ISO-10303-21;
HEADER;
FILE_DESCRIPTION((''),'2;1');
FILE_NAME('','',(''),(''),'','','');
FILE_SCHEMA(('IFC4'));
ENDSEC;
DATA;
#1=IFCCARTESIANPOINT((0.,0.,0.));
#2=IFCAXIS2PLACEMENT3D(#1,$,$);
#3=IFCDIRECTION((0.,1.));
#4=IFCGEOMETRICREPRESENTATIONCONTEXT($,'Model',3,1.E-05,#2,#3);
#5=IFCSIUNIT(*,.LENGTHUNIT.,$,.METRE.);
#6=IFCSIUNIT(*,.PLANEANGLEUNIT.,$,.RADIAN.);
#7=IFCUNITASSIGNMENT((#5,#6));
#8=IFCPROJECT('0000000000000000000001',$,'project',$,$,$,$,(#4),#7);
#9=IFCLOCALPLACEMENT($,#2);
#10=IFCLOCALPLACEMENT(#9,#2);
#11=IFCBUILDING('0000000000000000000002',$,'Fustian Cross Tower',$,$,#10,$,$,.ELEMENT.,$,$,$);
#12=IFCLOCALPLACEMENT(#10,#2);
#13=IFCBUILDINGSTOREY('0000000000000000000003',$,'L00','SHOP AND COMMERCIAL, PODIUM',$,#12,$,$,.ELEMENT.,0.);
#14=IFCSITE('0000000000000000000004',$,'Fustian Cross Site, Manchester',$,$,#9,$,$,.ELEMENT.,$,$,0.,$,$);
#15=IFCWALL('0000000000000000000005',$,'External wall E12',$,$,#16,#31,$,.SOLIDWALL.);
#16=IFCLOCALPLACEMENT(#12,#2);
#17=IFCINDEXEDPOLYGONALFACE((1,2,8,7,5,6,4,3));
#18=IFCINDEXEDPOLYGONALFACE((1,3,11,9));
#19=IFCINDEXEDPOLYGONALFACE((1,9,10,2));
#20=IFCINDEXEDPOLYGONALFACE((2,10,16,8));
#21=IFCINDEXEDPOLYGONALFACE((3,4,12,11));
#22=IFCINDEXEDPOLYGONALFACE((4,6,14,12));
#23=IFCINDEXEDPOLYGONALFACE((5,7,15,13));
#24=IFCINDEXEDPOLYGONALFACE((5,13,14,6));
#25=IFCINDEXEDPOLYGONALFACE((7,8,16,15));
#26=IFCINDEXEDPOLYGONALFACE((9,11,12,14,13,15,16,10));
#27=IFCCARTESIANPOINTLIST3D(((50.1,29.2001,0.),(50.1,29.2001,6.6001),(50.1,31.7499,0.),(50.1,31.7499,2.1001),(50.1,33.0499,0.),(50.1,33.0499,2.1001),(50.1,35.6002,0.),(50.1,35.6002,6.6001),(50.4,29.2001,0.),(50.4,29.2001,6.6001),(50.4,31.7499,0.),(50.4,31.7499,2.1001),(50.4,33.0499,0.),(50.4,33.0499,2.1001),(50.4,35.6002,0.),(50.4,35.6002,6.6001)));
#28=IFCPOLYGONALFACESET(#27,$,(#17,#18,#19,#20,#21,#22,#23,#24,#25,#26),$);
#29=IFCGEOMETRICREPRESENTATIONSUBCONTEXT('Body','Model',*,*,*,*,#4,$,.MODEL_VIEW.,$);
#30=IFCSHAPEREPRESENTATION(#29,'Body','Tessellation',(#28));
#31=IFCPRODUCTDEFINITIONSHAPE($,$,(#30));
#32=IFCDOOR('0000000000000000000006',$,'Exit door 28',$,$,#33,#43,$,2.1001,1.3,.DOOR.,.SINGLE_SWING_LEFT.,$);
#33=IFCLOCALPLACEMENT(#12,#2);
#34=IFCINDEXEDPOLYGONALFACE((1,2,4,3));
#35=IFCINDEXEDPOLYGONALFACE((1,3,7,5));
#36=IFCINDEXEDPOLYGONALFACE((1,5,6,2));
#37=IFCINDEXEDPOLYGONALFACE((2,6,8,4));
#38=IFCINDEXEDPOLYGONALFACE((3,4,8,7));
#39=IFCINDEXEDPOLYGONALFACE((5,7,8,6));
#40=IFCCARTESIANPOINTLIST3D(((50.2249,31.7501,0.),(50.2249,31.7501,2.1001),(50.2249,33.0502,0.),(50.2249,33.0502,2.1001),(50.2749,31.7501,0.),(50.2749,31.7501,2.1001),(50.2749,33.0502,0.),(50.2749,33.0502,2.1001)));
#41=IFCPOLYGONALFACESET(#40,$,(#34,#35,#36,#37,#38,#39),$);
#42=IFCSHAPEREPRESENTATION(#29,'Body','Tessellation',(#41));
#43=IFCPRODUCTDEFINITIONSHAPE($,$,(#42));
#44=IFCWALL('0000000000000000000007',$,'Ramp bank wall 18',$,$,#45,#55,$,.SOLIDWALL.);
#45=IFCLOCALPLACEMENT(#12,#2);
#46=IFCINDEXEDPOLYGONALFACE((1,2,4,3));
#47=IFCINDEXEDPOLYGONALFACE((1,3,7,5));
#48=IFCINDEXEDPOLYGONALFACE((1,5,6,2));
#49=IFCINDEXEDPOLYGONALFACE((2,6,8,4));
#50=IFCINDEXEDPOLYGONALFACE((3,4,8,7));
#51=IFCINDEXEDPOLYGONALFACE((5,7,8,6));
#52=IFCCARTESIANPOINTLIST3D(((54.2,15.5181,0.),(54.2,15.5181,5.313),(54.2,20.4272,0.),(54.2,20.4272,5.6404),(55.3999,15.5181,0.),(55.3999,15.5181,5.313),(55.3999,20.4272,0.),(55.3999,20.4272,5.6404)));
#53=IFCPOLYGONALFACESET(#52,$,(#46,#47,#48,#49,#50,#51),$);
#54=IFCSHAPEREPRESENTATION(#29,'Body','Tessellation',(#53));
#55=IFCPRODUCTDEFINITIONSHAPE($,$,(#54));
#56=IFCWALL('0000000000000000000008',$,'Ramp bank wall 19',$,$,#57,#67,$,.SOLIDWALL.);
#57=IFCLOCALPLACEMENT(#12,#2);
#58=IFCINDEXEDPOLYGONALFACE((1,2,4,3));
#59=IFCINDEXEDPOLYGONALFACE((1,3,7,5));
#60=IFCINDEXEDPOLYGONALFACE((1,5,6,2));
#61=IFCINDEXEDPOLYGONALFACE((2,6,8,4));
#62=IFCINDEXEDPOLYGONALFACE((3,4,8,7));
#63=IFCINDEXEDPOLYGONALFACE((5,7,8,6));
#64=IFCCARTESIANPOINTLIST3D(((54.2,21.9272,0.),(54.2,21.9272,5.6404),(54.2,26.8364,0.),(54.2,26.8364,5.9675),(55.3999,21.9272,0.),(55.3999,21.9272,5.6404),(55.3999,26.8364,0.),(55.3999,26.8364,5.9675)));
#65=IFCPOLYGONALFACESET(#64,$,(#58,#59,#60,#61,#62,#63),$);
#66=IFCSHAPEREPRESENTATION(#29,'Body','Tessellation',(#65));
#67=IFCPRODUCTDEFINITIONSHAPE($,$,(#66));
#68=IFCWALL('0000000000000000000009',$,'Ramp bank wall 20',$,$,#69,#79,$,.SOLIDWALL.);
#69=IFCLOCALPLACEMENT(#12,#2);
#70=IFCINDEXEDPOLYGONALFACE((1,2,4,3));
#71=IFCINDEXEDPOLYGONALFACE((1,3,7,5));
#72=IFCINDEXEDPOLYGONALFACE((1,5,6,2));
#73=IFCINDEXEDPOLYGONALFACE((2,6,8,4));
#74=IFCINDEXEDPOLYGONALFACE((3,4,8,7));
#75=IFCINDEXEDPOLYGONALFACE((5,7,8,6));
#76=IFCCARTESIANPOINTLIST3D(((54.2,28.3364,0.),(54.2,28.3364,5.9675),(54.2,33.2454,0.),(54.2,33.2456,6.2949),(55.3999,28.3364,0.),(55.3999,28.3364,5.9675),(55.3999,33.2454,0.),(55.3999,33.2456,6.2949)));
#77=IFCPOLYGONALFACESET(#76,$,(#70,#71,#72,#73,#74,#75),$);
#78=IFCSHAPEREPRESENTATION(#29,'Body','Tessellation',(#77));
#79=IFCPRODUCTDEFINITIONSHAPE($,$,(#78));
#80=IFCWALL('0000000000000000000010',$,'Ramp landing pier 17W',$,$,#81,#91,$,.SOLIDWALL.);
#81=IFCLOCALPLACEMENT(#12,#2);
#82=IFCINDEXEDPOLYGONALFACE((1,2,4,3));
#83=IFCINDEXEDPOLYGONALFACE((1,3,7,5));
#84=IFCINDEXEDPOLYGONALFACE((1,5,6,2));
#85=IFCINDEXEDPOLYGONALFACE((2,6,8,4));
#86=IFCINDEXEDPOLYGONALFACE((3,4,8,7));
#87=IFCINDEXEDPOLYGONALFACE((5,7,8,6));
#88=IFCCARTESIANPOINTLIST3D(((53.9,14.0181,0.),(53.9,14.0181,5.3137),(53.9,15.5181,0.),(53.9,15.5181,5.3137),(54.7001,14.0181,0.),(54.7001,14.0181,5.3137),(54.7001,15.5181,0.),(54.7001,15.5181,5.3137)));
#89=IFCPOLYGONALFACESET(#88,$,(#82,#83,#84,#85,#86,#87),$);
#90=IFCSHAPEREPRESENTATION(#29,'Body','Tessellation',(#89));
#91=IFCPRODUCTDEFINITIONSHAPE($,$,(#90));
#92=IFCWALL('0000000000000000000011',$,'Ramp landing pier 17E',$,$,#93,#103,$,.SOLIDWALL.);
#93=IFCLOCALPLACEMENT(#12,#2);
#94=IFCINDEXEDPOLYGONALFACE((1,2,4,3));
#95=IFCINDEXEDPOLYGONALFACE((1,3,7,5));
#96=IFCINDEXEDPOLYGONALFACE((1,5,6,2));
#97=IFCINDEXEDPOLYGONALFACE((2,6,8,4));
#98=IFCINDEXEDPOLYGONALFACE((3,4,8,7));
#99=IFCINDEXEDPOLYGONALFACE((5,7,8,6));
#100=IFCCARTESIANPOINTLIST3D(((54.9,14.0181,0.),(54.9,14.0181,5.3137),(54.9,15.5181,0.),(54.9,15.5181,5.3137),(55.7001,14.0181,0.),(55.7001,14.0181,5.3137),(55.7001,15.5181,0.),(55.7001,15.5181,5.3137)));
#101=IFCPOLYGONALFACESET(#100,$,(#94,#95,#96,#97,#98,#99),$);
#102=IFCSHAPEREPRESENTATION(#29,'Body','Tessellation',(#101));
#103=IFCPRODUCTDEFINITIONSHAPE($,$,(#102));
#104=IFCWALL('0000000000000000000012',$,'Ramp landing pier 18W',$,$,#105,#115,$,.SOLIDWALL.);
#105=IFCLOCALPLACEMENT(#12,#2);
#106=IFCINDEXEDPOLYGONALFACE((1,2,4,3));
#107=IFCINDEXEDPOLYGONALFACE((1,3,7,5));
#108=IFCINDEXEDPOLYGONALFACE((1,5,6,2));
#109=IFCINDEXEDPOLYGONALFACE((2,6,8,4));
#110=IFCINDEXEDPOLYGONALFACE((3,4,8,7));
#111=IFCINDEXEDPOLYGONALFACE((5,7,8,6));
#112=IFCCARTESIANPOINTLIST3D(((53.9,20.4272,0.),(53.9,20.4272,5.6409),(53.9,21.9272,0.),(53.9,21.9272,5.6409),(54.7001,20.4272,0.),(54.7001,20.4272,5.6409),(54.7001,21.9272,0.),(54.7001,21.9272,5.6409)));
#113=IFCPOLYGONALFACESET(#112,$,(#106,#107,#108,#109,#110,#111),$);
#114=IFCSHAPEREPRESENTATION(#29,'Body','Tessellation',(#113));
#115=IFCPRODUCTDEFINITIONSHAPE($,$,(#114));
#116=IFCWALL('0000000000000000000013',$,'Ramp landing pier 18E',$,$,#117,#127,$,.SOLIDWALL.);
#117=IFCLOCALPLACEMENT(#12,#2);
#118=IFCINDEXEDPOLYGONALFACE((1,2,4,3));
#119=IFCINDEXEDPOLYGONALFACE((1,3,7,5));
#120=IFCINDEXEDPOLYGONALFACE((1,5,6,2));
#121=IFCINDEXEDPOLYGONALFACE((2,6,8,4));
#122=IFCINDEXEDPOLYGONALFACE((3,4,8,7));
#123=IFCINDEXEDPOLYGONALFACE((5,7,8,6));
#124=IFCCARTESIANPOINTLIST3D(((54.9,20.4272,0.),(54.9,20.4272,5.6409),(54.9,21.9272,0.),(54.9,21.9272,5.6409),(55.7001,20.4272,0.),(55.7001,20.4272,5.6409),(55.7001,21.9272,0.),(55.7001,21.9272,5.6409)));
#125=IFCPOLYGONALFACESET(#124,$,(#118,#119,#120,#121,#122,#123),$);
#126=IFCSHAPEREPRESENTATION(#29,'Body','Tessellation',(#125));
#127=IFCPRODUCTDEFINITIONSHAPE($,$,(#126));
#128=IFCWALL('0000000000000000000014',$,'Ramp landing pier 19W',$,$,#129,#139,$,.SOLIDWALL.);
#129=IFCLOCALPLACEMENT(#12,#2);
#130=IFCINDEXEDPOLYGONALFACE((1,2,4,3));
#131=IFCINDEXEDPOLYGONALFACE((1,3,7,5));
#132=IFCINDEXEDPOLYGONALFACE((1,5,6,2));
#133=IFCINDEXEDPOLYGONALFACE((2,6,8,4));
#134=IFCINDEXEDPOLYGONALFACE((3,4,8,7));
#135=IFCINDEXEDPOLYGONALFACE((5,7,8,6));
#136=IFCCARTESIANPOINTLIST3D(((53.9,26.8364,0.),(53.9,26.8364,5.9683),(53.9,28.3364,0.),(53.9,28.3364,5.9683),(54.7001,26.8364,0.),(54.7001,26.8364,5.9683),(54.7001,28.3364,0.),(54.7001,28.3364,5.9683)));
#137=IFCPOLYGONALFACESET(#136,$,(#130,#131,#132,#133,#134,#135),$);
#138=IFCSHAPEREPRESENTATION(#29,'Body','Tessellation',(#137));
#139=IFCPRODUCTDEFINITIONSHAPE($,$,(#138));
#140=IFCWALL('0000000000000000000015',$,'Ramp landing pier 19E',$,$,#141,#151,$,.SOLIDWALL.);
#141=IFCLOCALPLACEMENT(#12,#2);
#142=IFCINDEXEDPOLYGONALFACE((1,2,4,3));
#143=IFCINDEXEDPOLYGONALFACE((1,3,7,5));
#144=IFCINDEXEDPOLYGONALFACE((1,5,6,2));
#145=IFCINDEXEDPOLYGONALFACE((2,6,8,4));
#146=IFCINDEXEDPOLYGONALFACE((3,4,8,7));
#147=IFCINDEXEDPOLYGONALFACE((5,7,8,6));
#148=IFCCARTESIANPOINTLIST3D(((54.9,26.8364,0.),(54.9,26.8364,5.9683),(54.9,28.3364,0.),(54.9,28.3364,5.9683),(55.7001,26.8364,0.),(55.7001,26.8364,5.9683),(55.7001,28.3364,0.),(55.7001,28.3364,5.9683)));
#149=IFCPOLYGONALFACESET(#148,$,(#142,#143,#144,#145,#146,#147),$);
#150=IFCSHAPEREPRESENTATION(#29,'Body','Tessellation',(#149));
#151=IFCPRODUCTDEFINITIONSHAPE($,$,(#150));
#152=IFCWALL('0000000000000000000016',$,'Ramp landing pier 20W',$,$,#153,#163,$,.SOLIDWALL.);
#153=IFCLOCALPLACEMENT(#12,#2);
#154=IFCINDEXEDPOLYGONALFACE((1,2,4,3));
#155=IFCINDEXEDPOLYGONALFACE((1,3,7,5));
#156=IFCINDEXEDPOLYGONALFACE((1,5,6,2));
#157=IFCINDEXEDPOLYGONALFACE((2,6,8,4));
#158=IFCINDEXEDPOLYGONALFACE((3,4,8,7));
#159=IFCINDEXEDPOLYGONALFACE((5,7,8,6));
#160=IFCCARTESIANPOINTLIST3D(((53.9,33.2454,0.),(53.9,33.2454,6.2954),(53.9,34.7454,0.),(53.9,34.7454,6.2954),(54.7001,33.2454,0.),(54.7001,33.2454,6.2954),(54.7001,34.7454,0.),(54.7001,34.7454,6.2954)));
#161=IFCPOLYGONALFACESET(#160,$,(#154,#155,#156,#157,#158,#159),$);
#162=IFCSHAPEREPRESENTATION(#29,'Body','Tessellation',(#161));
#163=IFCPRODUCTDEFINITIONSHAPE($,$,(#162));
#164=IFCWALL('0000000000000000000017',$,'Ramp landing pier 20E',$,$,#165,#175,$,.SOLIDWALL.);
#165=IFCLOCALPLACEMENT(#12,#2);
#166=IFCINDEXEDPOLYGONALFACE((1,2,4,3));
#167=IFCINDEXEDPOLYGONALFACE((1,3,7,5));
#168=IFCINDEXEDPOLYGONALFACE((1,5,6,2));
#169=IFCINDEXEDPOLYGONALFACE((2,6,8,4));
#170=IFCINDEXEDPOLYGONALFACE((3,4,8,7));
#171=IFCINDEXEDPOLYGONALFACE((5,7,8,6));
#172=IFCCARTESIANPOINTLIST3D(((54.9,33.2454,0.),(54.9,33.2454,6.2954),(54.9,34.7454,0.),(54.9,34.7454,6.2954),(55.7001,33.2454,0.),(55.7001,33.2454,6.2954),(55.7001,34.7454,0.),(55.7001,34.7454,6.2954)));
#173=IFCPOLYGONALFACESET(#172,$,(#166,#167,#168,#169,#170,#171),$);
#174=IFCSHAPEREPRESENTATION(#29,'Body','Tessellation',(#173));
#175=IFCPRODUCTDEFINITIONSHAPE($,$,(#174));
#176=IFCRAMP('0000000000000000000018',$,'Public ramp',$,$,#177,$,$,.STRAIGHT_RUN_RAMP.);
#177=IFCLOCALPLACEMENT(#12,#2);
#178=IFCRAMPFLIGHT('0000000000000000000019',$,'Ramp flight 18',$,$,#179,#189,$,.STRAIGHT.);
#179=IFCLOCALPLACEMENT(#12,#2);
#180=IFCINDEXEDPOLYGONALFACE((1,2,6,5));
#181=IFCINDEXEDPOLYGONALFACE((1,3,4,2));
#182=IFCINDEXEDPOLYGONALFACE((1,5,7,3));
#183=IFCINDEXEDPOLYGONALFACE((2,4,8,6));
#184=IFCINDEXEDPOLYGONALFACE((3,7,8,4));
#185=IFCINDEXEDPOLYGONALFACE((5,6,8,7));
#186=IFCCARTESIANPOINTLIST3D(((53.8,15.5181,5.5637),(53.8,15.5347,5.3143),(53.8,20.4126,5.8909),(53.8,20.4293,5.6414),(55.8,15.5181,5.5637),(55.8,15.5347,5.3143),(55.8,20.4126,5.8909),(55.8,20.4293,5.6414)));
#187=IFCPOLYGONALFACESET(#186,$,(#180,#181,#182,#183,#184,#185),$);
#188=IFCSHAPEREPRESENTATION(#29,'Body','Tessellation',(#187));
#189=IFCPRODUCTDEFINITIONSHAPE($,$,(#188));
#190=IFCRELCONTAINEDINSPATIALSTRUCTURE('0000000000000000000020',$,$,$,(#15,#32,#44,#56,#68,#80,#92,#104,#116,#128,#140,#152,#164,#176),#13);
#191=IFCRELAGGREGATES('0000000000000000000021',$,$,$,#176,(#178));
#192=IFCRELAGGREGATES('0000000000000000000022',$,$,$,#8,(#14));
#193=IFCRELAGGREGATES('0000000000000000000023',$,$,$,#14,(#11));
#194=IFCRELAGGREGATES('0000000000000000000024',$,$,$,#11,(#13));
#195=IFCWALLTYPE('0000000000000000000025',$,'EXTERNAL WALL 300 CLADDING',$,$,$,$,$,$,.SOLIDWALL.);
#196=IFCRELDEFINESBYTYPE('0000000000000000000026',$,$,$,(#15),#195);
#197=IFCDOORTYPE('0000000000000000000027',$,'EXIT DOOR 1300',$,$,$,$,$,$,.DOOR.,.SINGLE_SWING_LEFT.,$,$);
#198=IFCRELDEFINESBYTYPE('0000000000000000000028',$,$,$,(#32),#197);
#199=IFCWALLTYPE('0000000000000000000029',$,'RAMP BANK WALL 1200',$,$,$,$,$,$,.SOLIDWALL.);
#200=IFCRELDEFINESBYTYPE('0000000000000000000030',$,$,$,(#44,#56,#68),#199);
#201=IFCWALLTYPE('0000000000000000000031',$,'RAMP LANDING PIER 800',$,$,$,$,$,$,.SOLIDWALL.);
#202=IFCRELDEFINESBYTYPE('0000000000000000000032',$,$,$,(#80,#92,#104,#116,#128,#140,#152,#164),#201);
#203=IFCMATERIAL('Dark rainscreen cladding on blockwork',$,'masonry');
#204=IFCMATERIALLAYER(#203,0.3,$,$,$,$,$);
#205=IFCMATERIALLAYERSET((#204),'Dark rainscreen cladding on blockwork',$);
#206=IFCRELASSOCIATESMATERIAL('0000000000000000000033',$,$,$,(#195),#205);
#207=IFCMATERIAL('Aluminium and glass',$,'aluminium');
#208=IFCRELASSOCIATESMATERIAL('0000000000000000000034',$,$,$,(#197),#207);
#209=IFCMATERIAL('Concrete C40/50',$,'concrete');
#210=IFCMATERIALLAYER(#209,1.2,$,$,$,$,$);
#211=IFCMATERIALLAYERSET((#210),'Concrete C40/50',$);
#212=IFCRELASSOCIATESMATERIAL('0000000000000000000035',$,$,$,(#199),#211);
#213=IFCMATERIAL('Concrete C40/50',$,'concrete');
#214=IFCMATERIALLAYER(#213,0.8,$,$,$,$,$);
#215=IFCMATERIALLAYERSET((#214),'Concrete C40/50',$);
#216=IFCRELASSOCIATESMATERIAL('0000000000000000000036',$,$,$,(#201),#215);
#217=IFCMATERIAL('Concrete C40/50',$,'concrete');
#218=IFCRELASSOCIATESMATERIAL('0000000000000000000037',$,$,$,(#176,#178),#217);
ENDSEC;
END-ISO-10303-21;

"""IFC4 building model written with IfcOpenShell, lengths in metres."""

from ifc_helpers import new_model, si_unit, direction, frame, frame_2d, origin, place, context, subcontext, project, spatial, polyline, rectangle, outline, extrude, material, layer, layer_set, type_object, element, fill, aggregate, save


model = new_model("IFC4")

# Units and contexts
model_context = context("Model", 3, precision=1e-05, world=origin(), true_north=direction((0.0, 1.0)))
body_context = subcontext(model_context, "Body", "Model", "MODEL_VIEW")
ifc_project = project(units=[si_unit("LENGTHUNIT", "METRE"), si_unit("PLANEANGLEUNIT", "RADIAN")], contexts=[model_context])

# Site, building, storey
site_placement = place(None, origin())
site = spatial("IfcSite", under=ifc_project, at=site_placement, Name="Fustian Cross Site, Manchester", CompositionType="ELEMENT", RefElevation=0.0)
building_placement = place(site_placement, origin())
building = spatial("IfcBuilding", under=site, at=building_placement, Name="Fustian Cross Tower", CompositionType="ELEMENT")
storey_placement = place(building_placement, origin())
storey = spatial("IfcBuildingStorey", under=building, at=storey_placement, Name="L00", Description="SHOP AND COMMERCIAL, PODIUM", CompositionType="ELEMENT", Elevation=0.0)

# Wall, opening, door
ifc_material_1 = material(Name="Dark rainscreen cladding on blockwork", Category="masonry")
ifc_layer_1 = layer(ifc_material_1, 0.3)
ifc_layer_set_1 = layer_set([ifc_layer_1], Name="Dark rainscreen cladding on blockwork")
wall_type_1 = type_object("IfcWallType", Name="EXTERNAL WALL 300 CLADDING", PredefinedType="SOLIDWALL", material=ifc_layer_set_1)
wall_1_placement = place(storey_placement, frame((50.25, 29.2, 0.0), z_axis=(0.0, 0.0, 1.0), x_axis=(0.0, 1.0, 0.0)))
wall_1 = element("IfcWall", 1, at=wall_1_placement, inside=storey, type_object=wall_type_1, Name="External wall E12", PredefinedType="SOLIDWALL", context=body_context, shape_type="SweptSolid", body=[
    extrude(rectangle(XDim=6.4001, YDim=0.3, at=frame_2d((3.2002, 0.0))), origin(), (0.0, 0.0, 1.0), 6.6001),
])
opening_1_placement = place(wall_1_placement, frame((2.55, 0.0, 0.0)))
opening_1 = element("IfcOpeningElement", 2, at=opening_1_placement, cuts=wall_1, PredefinedType="OPENING", context=body_context, shape_type="SweptSolid", body=[
    extrude(rectangle(XDim=1.3, YDim=2.1001, at=frame_2d((0.6499, 1.05))), frame((0.0, 0.1599, 0.0), z_axis=(0.0, -1.0, 0.0), x_axis=(1.0, 0.0, 0.0)), (0.0, 0.0, 1.0), 0.3201),
])
ifc_material_2 = material(Name="Aluminium and glass", Category="aluminium")
door_type_1 = type_object("IfcDoorType", Name="EXIT DOOR 1300", OperationType="SINGLE_SWING_LEFT", PredefinedType="DOOR", material=ifc_material_2)
door_1_placement = place(opening_1_placement, frame((1.3, 0.0, 0.0), z_axis=(0.0, 0.0, 1.0), x_axis=(-1.0, 0.0, 0.0)))
door_1 = element("IfcDoor", 3, at=door_1_placement, inside=storey, type_object=door_type_1, Name="Exit door 28", OperationType="SINGLE_SWING_LEFT", OverallHeight=2.1001, OverallWidth=1.3, PredefinedType="DOOR", context=body_context, shape_type="SweptSolid", body=[
    extrude(rectangle(XDim=1.3, YDim=2.1001, at=frame_2d((0.6499, 1.05))), frame((0.0, 0.0249, 0.0), z_axis=(0.0, -1.0, 0.0), x_axis=(1.0, 0.0, 0.0)), (0.0, 0.0, 1.0), 0.05),
])
fill(opening_1, door_1)

# Walls
ifc_material_3 = material(Name="Concrete C40/50", Category="concrete")
ifc_layer_2 = layer(ifc_material_3, 1.2)
ifc_layer_set_2 = layer_set([ifc_layer_2], Name="Concrete C40/50")
wall_type_2 = type_object("IfcWallType", Name="RAMP BANK WALL 1200", PredefinedType="SOLIDWALL", material=ifc_layer_set_2)
wall_2_placement = place(storey_placement, frame((54.8, 15.5181, 0.0), z_axis=(0.0, 0.0, 1.0), x_axis=(0.0, 1.0, 0.0)))
element("IfcWall", 4, at=wall_2_placement, inside=storey, type_object=wall_type_2, Name="Ramp bank wall 18", PredefinedType="SOLIDWALL", context=body_context, shape_type="SweptSolid", body=[
    extrude(outline(polyline([(0.0, 0.0), (4.9092, 0.0), (4.9092, 5.6404), (0.0, 5.313), (0.0, 0.0)])), frame((0.0, 0.6001, 0.0), z_axis=(0.0, -1.0, 0.0), x_axis=(1.0, 0.0, 0.0)), (0.0, 0.0, 1.0), 1.2),
])
wall_3_placement = place(storey_placement, frame((54.8, 21.9272, 0.0), z_axis=(0.0, 0.0, 1.0), x_axis=(0.0, 1.0, 0.0)))
element("IfcWall", 5, at=wall_3_placement, inside=storey, type_object=wall_type_2, Name="Ramp bank wall 19", PredefinedType="SOLIDWALL", context=body_context, shape_type="SweptSolid", body=[
    extrude(outline(polyline([(0.0, 0.0), (4.9092, 0.0), (4.9092, 5.9675), (0.0, 5.6404), (0.0, 0.0)])), frame((0.0, 0.6001, 0.0), z_axis=(0.0, -1.0, 0.0), x_axis=(1.0, 0.0, 0.0)), (0.0, 0.0, 1.0), 1.2),
])
wall_4_placement = place(storey_placement, frame((54.8, 28.3364, 0.0), z_axis=(0.0, 0.0, 1.0), x_axis=(0.0, 1.0, 0.0)))
element("IfcWall", 6, at=wall_4_placement, inside=storey, type_object=wall_type_2, Name="Ramp bank wall 20", PredefinedType="SOLIDWALL", context=body_context, shape_type="SweptSolid", body=[
    extrude(outline(polyline([(0.0, 0.0), (4.9089, 0.0), (4.9092, 6.2949), (0.0, 5.9675), (0.0, 0.0)])), frame((0.0, 0.6001, 0.0), z_axis=(0.0, -1.0, 0.0), x_axis=(1.0, 0.0, 0.0)), (0.0, 0.0, 1.0), 1.2),
])
ifc_material_4 = material(Name="Concrete C40/50", Category="concrete")
ifc_layer_3 = layer(ifc_material_4, 0.8)
ifc_layer_set_3 = layer_set([ifc_layer_3], Name="Concrete C40/50")
wall_type_3 = type_object("IfcWallType", Name="RAMP LANDING PIER 800", PredefinedType="SOLIDWALL", material=ifc_layer_set_3)
for number, where, z_axis, x_axis, name in (
    (7, (54.3, 14.0181, 0.0), (0.0, 0.0, 1.0), (0.0, 1.0, 0.0), "Ramp landing pier 17W"),
    (8, (55.3, 14.0181, 0.0), (0.0, 0.0, 1.0), (0.0, 1.0, 0.0), "Ramp landing pier 17E"),
):
    element("IfcWall", number, at=place(storey_placement, frame(where, z_axis=z_axis, x_axis=x_axis)), inside=storey, type_object=wall_type_3, Name=name, PredefinedType="SOLIDWALL", context=body_context, shape_type="SweptSolid", body=[
        extrude(rectangle(XDim=1.5, YDim=0.8, at=frame_2d((0.75, 0.0))), origin(), (0.0, 0.0, 1.0), 5.3137),
    ])
for number, where, z_axis, x_axis, name in (
    (9, (54.3, 20.4272, 0.0), (0.0, 0.0, 1.0), (0.0, 1.0, 0.0), "Ramp landing pier 18W"),
    (10, (55.3, 20.4272, 0.0), (0.0, 0.0, 1.0), (0.0, 1.0, 0.0), "Ramp landing pier 18E"),
):
    element("IfcWall", number, at=place(storey_placement, frame(where, z_axis=z_axis, x_axis=x_axis)), inside=storey, type_object=wall_type_3, Name=name, PredefinedType="SOLIDWALL", context=body_context, shape_type="SweptSolid", body=[
        extrude(rectangle(XDim=1.5, YDim=0.8, at=frame_2d((0.75, 0.0))), origin(), (0.0, 0.0, 1.0), 5.6409),
    ])
for number, where, z_axis, x_axis, name in (
    (11, (54.3, 26.8364, 0.0), (0.0, 0.0, 1.0), (0.0, 1.0, 0.0), "Ramp landing pier 19W"),
    (12, (55.3, 26.8364, 0.0), (0.0, 0.0, 1.0), (0.0, 1.0, 0.0), "Ramp landing pier 19E"),
):
    element("IfcWall", number, at=place(storey_placement, frame(where, z_axis=z_axis, x_axis=x_axis)), inside=storey, type_object=wall_type_3, Name=name, PredefinedType="SOLIDWALL", context=body_context, shape_type="SweptSolid", body=[
        extrude(rectangle(XDim=1.5, YDim=0.8, at=frame_2d((0.75, 0.0))), origin(), (0.0, 0.0, 1.0), 5.9683),
    ])
for number, where, z_axis, x_axis, name in (
    (13, (54.3, 33.2454, 0.0), (0.0, 0.0, 1.0), (0.0, 1.0, 0.0), "Ramp landing pier 20W"),
    (14, (55.3, 33.2454, 0.0), (0.0, 0.0, 1.0), (0.0, 1.0, 0.0), "Ramp landing pier 20E"),
):
    element("IfcWall", number, at=place(storey_placement, frame(where, z_axis=z_axis, x_axis=x_axis)), inside=storey, type_object=wall_type_3, Name=name, PredefinedType="SOLIDWALL", context=body_context, shape_type="SweptSolid", body=[
        extrude(rectangle(XDim=1.5, YDim=0.8, at=frame_2d((0.75, 0.0))), origin(), (0.0, 0.0, 1.0), 6.2954),
    ])

# Ramp, ramp flight
ifc_material_5 = material(Name="Concrete C40/50", Category="concrete")
ramp_placement = place(storey_placement, origin())
ramp = element("IfcRamp", 15, at=ramp_placement, inside=storey, material=ifc_material_5, Name="Public ramp", PredefinedType="STRAIGHT_RUN_RAMP")
ramp_flight_1_placement = place(storey_placement, frame((53.8, 15.5181, 5.5637), z_axis=(0.0, -0.066691, 0.997774), x_axis=(1.0, 0.0, 0.0)))
ramp_flight_1 = element("IfcRampFlight", 16, at=ramp_flight_1_placement, material=ifc_material_5, Name="Ramp flight 18", PredefinedType="STRAIGHT", context=body_context, shape_type="SweptSolid", body=[
    extrude(outline(polyline([(0.0, 0.0), (2.0, 0.0), (2.0, 4.9055), (0.0, 4.9055), (0.0, 0.0)])), origin(), (0.0, 0.0, -1.0), 0.25),
])
aggregate(ramp, [ramp_flight_1])

save(model, "model.ifc")
